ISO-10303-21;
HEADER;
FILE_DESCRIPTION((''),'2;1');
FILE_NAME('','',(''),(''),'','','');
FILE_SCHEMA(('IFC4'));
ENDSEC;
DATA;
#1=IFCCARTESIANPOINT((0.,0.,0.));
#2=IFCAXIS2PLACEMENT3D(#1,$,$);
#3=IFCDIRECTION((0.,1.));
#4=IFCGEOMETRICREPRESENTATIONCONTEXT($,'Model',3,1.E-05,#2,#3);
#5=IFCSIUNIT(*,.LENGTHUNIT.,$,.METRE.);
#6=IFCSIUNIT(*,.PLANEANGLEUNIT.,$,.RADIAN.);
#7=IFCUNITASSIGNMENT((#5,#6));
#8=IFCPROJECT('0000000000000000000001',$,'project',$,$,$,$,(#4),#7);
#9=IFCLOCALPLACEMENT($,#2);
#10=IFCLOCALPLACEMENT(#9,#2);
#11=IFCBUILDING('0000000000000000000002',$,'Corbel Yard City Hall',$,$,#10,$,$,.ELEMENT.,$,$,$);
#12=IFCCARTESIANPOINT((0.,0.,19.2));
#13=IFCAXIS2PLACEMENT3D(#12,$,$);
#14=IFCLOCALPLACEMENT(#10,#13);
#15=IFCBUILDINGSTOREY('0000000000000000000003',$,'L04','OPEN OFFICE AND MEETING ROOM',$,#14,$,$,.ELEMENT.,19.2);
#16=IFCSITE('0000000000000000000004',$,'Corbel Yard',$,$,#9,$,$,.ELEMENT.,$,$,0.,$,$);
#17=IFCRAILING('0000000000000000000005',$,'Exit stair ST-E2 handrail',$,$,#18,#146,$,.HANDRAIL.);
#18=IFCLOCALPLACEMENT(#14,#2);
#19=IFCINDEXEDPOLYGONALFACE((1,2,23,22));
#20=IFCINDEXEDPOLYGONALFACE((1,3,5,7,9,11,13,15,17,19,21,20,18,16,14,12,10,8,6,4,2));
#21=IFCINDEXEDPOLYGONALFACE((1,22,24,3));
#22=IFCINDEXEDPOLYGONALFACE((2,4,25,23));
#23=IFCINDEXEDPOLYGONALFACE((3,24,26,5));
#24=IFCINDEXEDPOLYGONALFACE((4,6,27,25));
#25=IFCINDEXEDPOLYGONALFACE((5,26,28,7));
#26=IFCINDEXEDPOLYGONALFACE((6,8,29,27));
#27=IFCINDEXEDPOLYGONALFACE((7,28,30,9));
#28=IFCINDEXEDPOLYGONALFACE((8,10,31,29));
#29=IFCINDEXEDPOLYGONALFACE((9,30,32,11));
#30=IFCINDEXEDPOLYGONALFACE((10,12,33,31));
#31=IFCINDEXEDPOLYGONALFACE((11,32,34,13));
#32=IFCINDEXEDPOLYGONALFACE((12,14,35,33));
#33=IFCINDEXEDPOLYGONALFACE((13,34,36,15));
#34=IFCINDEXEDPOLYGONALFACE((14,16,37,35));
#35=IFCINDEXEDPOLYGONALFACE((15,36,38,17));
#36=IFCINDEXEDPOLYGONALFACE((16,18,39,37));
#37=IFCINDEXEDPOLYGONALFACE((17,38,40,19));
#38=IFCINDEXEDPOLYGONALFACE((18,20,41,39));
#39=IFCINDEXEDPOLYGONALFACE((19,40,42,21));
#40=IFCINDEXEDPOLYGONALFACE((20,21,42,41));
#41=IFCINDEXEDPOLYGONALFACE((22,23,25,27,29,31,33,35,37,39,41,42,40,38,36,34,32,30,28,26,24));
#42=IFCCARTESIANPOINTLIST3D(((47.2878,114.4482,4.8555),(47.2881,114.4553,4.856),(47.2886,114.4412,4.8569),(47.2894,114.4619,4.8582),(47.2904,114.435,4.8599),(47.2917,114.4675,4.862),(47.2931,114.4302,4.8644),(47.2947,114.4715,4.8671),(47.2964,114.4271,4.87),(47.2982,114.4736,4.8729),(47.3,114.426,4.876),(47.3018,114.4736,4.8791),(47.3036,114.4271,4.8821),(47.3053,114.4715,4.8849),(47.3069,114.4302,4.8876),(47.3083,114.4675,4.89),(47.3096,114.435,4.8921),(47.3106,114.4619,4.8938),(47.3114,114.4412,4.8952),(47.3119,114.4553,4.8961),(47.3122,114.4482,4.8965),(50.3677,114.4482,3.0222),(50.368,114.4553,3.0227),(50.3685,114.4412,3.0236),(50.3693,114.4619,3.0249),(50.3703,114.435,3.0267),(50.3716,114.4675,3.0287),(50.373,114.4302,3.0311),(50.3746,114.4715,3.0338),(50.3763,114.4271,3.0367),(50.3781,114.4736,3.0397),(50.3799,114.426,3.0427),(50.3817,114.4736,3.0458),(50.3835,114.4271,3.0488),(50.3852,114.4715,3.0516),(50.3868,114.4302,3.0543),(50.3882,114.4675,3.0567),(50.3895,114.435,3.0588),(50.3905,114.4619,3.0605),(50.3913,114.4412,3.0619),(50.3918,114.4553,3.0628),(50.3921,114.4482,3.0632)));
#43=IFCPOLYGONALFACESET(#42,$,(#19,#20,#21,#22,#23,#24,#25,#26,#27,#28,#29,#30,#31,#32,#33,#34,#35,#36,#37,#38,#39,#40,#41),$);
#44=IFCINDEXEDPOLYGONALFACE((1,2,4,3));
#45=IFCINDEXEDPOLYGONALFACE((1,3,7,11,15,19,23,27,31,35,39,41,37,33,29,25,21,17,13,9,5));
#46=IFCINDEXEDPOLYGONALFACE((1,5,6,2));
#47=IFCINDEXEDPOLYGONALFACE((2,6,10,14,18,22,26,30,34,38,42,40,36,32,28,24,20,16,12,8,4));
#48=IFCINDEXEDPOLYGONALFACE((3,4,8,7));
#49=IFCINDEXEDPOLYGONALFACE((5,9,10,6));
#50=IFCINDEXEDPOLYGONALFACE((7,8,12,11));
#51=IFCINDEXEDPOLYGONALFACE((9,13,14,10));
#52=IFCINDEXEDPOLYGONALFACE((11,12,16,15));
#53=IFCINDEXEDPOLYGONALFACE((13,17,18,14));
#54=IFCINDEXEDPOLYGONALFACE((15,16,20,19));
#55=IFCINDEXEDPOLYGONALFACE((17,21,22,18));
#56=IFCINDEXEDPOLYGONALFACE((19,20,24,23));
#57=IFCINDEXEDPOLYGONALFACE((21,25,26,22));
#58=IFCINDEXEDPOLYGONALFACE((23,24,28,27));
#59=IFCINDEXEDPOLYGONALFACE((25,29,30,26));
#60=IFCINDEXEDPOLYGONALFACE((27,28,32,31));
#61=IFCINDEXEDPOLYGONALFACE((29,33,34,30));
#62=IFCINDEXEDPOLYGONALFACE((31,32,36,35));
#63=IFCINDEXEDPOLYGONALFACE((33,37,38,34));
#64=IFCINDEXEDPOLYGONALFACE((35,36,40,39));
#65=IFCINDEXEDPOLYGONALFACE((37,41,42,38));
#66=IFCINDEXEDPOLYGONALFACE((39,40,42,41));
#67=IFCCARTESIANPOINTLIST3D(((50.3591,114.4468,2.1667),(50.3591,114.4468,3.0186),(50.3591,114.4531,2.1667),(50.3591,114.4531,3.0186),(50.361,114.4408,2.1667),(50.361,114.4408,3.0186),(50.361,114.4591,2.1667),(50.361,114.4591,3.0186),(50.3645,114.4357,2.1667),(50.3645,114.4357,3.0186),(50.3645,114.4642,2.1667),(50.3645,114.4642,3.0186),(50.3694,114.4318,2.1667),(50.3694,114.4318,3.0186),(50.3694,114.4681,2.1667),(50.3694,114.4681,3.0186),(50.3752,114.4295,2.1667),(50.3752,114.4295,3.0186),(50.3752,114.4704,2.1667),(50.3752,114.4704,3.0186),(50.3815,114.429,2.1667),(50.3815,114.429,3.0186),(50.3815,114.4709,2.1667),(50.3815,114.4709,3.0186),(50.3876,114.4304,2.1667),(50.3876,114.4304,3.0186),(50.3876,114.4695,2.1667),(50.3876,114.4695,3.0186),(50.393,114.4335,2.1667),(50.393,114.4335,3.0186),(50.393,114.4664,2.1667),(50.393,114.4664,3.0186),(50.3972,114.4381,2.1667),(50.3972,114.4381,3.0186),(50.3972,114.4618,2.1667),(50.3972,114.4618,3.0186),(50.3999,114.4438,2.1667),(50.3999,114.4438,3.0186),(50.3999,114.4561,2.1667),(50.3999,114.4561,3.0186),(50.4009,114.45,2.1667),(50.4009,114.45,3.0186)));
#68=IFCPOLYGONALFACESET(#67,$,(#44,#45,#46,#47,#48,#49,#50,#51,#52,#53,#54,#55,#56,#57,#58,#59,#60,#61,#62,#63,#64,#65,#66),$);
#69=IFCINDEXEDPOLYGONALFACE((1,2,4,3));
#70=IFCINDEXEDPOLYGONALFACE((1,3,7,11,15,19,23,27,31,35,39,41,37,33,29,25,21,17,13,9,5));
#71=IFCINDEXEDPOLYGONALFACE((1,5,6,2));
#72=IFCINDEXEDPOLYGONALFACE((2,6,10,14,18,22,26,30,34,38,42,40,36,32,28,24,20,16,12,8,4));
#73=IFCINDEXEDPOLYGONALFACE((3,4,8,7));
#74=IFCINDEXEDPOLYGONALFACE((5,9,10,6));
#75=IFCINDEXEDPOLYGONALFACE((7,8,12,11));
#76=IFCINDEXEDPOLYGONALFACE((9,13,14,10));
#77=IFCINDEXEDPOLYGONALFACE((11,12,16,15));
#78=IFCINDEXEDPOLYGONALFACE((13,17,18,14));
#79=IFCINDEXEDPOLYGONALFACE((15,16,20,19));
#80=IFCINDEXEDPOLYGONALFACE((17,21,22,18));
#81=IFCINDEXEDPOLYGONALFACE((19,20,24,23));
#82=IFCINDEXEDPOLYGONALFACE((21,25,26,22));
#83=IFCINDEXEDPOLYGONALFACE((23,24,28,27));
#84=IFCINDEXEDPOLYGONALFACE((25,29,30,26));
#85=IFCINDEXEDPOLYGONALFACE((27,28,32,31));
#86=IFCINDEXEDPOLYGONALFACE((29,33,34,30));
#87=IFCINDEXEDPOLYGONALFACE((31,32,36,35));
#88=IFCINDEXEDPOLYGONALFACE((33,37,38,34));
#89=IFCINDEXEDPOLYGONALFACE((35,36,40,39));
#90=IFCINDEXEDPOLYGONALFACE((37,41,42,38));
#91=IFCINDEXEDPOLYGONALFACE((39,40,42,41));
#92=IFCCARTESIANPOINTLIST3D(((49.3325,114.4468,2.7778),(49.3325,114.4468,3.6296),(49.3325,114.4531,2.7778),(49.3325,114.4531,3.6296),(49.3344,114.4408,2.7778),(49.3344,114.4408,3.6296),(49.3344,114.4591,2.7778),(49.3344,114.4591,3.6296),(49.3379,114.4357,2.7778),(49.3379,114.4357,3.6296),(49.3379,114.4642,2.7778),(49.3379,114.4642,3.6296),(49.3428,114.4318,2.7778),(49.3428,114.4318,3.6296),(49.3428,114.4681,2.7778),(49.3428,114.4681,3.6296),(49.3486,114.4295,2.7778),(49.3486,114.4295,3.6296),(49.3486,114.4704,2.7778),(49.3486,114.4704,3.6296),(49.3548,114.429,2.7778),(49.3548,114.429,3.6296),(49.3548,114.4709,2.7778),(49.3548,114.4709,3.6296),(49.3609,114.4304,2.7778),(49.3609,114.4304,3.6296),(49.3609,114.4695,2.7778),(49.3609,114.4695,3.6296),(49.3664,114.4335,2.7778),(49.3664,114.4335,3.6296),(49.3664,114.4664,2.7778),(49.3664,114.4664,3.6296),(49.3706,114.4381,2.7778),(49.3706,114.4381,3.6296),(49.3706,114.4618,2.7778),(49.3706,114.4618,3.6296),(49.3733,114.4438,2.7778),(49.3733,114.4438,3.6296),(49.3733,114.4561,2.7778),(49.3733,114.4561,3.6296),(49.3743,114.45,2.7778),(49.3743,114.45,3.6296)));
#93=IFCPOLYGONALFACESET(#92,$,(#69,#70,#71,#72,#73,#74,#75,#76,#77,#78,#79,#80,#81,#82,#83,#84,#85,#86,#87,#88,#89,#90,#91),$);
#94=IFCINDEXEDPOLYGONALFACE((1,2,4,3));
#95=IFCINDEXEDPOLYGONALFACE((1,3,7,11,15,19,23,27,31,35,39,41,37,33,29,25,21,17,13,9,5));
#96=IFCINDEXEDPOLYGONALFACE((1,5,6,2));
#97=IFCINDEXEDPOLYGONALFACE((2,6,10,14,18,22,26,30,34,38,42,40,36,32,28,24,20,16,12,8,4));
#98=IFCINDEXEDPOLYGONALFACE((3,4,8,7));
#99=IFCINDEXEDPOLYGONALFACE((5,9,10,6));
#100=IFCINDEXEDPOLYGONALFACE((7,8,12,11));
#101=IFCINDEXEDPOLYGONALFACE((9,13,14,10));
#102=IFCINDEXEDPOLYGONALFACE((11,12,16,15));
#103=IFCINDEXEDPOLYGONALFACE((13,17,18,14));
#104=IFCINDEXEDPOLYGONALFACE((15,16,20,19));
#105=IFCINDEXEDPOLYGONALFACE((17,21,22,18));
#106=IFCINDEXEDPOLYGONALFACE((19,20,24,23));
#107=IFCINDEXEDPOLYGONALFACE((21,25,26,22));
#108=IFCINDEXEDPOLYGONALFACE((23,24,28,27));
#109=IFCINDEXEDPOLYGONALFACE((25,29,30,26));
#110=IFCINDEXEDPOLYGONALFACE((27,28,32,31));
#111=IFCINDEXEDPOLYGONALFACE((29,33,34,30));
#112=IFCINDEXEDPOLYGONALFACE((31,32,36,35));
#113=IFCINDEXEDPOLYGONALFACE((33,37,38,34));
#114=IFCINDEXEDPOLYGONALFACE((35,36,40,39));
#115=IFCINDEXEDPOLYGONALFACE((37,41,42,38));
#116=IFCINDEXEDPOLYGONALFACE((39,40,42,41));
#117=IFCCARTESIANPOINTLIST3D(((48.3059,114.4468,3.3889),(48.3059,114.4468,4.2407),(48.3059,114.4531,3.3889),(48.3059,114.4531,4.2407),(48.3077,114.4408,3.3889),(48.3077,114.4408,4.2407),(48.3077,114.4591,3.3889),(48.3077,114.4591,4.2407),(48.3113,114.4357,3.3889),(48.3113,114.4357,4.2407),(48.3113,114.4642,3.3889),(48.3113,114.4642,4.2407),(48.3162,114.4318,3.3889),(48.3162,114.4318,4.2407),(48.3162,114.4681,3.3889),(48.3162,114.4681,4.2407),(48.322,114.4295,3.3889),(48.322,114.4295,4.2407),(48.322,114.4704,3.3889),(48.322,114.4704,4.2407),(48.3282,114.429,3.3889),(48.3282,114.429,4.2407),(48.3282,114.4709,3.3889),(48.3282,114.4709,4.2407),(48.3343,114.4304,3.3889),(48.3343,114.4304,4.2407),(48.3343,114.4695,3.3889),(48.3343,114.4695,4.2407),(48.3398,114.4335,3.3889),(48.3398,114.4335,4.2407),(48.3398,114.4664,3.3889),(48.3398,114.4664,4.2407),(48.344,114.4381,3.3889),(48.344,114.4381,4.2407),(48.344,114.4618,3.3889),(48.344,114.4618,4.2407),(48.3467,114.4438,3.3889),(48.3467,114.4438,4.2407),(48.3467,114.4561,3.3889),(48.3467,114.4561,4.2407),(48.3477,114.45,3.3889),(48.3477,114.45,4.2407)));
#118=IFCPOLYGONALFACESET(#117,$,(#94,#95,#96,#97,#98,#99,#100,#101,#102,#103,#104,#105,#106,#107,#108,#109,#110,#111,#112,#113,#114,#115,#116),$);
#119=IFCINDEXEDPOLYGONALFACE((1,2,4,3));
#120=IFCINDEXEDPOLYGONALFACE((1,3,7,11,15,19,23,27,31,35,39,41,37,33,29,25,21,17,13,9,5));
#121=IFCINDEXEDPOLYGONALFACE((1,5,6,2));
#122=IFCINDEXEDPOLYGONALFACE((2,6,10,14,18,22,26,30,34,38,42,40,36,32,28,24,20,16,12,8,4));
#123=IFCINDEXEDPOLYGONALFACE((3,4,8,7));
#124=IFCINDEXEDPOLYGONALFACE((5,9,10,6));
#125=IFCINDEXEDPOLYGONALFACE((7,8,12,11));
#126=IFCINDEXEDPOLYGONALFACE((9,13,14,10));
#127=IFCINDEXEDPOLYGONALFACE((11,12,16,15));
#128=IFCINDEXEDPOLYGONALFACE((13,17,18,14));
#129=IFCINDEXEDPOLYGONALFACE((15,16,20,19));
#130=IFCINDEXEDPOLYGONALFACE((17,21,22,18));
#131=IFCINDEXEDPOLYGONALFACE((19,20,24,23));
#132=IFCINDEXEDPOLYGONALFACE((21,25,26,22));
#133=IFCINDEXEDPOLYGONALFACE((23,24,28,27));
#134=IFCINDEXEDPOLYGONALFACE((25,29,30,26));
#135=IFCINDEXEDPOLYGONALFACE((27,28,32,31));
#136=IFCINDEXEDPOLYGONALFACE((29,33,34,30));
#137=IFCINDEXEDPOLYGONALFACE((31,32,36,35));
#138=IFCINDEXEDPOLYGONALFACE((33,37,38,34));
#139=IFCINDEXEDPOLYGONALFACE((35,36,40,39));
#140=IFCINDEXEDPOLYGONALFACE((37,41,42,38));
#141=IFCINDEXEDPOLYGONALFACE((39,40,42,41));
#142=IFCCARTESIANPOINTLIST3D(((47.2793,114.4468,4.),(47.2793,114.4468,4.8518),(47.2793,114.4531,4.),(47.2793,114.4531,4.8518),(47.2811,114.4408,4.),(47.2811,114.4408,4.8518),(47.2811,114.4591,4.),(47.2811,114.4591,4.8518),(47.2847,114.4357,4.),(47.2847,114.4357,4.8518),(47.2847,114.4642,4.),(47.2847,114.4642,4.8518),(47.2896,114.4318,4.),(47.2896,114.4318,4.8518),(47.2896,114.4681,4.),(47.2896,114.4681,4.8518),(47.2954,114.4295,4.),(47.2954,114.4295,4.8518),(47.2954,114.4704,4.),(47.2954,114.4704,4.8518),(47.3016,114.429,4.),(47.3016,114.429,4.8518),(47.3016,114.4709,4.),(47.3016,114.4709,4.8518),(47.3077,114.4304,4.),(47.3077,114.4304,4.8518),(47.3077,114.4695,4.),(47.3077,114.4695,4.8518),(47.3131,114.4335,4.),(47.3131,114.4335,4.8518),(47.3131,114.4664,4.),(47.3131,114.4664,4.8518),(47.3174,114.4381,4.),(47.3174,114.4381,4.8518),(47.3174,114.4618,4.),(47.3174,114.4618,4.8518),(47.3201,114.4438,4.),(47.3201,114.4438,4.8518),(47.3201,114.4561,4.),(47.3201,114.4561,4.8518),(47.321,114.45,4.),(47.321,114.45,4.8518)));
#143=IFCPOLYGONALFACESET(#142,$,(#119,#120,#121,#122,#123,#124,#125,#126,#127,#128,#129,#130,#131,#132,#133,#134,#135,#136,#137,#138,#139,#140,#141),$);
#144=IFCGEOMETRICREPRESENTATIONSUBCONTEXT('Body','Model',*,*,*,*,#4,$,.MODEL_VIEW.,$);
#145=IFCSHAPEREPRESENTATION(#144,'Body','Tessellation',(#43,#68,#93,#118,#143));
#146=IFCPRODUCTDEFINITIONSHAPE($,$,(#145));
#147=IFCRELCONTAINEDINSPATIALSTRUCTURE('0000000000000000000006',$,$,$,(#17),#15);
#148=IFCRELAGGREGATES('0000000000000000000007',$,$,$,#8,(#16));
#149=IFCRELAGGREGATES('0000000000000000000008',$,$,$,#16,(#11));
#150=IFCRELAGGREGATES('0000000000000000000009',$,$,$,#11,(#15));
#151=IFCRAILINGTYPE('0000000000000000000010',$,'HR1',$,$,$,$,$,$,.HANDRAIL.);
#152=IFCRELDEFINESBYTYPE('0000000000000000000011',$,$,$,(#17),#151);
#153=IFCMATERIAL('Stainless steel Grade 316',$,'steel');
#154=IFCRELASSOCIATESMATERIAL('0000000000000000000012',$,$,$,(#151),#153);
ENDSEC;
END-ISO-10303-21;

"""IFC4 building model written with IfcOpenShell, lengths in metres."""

from ifc_helpers import new_model, si_unit, direction, frame, origin, origin_2d, place, context, subcontext, project, spatial, circle, extrude, material, type_object, element, save


model = new_model("IFC4")

# Units and contexts
model_context = context("Model", 3, precision=1e-05, world=origin(), true_north=direction((0.0, 1.0)))
body_context = subcontext(model_context, "Body", "Model", "MODEL_VIEW")
ifc_project = project(units=[si_unit("LENGTHUNIT", "METRE"), si_unit("PLANEANGLEUNIT", "RADIAN")], contexts=[model_context])

# Site, building, storey
site_placement = place(None, origin())
site = spatial("IfcSite", under=ifc_project, at=site_placement, Name="Corbel Yard", CompositionType="ELEMENT", RefElevation=0.0)
building_placement = place(site_placement, origin())
building = spatial("IfcBuilding", under=site, at=building_placement, Name="Corbel Yard City Hall", CompositionType="ELEMENT")
storey_placement = place(building_placement, frame((0.0, 0.0, 19.2)))
storey = spatial("IfcBuildingStorey", under=building, at=storey_placement, Name="L04", Description="OPEN OFFICE AND MEETING ROOM", CompositionType="ELEMENT", Elevation=19.2)

# Shared definitions
ifc_material_1 = material(Name="Stainless steel Grade 316", Category="steel")

# Railing
railing_type = type_object("IfcRailingType", Name="HR1", PredefinedType="HANDRAIL", material=ifc_material_1)
for number, where, name in (
    (1, (50.3799, 114.45, 2.1667), "Exit stair ST-E2 handrail"),
):
    element("IfcRailing", number, at=place(storey_placement, frame(where)), inside=storey, type_object=railing_type, Name=name, PredefinedType="HANDRAIL", context=body_context, shape_type="SweptSolid", body=[
        extrude(circle(Radius=0.0239, at=origin_2d()), frame((0.0, 0.0, 0.876), z_axis=(-0.859291, 0.0, 0.511487), x_axis=(0.0, -1.0, 0.0)), (0.0, 0.0, 1.0), 3.5842),
        extrude(circle(Radius=0.021, at=origin_2d()), origin(), (0.0, 0.0, 1.0), 0.8518),
        extrude(circle(Radius=0.021, at=origin_2d()), frame((-1.0266, 0.0, 0.6111)), (0.0, 0.0, 1.0), 0.8518),
        extrude(circle(Radius=0.021, at=origin_2d()), frame((-2.0532, 0.0, 1.2222)), (0.0, 0.0, 1.0), 0.8518),
        extrude(circle(Radius=0.021, at=origin_2d()), frame((-3.0798, 0.0, 1.8333)), (0.0, 0.0, 1.0), 0.8518),
    ])

save(model, "model.ifc")
